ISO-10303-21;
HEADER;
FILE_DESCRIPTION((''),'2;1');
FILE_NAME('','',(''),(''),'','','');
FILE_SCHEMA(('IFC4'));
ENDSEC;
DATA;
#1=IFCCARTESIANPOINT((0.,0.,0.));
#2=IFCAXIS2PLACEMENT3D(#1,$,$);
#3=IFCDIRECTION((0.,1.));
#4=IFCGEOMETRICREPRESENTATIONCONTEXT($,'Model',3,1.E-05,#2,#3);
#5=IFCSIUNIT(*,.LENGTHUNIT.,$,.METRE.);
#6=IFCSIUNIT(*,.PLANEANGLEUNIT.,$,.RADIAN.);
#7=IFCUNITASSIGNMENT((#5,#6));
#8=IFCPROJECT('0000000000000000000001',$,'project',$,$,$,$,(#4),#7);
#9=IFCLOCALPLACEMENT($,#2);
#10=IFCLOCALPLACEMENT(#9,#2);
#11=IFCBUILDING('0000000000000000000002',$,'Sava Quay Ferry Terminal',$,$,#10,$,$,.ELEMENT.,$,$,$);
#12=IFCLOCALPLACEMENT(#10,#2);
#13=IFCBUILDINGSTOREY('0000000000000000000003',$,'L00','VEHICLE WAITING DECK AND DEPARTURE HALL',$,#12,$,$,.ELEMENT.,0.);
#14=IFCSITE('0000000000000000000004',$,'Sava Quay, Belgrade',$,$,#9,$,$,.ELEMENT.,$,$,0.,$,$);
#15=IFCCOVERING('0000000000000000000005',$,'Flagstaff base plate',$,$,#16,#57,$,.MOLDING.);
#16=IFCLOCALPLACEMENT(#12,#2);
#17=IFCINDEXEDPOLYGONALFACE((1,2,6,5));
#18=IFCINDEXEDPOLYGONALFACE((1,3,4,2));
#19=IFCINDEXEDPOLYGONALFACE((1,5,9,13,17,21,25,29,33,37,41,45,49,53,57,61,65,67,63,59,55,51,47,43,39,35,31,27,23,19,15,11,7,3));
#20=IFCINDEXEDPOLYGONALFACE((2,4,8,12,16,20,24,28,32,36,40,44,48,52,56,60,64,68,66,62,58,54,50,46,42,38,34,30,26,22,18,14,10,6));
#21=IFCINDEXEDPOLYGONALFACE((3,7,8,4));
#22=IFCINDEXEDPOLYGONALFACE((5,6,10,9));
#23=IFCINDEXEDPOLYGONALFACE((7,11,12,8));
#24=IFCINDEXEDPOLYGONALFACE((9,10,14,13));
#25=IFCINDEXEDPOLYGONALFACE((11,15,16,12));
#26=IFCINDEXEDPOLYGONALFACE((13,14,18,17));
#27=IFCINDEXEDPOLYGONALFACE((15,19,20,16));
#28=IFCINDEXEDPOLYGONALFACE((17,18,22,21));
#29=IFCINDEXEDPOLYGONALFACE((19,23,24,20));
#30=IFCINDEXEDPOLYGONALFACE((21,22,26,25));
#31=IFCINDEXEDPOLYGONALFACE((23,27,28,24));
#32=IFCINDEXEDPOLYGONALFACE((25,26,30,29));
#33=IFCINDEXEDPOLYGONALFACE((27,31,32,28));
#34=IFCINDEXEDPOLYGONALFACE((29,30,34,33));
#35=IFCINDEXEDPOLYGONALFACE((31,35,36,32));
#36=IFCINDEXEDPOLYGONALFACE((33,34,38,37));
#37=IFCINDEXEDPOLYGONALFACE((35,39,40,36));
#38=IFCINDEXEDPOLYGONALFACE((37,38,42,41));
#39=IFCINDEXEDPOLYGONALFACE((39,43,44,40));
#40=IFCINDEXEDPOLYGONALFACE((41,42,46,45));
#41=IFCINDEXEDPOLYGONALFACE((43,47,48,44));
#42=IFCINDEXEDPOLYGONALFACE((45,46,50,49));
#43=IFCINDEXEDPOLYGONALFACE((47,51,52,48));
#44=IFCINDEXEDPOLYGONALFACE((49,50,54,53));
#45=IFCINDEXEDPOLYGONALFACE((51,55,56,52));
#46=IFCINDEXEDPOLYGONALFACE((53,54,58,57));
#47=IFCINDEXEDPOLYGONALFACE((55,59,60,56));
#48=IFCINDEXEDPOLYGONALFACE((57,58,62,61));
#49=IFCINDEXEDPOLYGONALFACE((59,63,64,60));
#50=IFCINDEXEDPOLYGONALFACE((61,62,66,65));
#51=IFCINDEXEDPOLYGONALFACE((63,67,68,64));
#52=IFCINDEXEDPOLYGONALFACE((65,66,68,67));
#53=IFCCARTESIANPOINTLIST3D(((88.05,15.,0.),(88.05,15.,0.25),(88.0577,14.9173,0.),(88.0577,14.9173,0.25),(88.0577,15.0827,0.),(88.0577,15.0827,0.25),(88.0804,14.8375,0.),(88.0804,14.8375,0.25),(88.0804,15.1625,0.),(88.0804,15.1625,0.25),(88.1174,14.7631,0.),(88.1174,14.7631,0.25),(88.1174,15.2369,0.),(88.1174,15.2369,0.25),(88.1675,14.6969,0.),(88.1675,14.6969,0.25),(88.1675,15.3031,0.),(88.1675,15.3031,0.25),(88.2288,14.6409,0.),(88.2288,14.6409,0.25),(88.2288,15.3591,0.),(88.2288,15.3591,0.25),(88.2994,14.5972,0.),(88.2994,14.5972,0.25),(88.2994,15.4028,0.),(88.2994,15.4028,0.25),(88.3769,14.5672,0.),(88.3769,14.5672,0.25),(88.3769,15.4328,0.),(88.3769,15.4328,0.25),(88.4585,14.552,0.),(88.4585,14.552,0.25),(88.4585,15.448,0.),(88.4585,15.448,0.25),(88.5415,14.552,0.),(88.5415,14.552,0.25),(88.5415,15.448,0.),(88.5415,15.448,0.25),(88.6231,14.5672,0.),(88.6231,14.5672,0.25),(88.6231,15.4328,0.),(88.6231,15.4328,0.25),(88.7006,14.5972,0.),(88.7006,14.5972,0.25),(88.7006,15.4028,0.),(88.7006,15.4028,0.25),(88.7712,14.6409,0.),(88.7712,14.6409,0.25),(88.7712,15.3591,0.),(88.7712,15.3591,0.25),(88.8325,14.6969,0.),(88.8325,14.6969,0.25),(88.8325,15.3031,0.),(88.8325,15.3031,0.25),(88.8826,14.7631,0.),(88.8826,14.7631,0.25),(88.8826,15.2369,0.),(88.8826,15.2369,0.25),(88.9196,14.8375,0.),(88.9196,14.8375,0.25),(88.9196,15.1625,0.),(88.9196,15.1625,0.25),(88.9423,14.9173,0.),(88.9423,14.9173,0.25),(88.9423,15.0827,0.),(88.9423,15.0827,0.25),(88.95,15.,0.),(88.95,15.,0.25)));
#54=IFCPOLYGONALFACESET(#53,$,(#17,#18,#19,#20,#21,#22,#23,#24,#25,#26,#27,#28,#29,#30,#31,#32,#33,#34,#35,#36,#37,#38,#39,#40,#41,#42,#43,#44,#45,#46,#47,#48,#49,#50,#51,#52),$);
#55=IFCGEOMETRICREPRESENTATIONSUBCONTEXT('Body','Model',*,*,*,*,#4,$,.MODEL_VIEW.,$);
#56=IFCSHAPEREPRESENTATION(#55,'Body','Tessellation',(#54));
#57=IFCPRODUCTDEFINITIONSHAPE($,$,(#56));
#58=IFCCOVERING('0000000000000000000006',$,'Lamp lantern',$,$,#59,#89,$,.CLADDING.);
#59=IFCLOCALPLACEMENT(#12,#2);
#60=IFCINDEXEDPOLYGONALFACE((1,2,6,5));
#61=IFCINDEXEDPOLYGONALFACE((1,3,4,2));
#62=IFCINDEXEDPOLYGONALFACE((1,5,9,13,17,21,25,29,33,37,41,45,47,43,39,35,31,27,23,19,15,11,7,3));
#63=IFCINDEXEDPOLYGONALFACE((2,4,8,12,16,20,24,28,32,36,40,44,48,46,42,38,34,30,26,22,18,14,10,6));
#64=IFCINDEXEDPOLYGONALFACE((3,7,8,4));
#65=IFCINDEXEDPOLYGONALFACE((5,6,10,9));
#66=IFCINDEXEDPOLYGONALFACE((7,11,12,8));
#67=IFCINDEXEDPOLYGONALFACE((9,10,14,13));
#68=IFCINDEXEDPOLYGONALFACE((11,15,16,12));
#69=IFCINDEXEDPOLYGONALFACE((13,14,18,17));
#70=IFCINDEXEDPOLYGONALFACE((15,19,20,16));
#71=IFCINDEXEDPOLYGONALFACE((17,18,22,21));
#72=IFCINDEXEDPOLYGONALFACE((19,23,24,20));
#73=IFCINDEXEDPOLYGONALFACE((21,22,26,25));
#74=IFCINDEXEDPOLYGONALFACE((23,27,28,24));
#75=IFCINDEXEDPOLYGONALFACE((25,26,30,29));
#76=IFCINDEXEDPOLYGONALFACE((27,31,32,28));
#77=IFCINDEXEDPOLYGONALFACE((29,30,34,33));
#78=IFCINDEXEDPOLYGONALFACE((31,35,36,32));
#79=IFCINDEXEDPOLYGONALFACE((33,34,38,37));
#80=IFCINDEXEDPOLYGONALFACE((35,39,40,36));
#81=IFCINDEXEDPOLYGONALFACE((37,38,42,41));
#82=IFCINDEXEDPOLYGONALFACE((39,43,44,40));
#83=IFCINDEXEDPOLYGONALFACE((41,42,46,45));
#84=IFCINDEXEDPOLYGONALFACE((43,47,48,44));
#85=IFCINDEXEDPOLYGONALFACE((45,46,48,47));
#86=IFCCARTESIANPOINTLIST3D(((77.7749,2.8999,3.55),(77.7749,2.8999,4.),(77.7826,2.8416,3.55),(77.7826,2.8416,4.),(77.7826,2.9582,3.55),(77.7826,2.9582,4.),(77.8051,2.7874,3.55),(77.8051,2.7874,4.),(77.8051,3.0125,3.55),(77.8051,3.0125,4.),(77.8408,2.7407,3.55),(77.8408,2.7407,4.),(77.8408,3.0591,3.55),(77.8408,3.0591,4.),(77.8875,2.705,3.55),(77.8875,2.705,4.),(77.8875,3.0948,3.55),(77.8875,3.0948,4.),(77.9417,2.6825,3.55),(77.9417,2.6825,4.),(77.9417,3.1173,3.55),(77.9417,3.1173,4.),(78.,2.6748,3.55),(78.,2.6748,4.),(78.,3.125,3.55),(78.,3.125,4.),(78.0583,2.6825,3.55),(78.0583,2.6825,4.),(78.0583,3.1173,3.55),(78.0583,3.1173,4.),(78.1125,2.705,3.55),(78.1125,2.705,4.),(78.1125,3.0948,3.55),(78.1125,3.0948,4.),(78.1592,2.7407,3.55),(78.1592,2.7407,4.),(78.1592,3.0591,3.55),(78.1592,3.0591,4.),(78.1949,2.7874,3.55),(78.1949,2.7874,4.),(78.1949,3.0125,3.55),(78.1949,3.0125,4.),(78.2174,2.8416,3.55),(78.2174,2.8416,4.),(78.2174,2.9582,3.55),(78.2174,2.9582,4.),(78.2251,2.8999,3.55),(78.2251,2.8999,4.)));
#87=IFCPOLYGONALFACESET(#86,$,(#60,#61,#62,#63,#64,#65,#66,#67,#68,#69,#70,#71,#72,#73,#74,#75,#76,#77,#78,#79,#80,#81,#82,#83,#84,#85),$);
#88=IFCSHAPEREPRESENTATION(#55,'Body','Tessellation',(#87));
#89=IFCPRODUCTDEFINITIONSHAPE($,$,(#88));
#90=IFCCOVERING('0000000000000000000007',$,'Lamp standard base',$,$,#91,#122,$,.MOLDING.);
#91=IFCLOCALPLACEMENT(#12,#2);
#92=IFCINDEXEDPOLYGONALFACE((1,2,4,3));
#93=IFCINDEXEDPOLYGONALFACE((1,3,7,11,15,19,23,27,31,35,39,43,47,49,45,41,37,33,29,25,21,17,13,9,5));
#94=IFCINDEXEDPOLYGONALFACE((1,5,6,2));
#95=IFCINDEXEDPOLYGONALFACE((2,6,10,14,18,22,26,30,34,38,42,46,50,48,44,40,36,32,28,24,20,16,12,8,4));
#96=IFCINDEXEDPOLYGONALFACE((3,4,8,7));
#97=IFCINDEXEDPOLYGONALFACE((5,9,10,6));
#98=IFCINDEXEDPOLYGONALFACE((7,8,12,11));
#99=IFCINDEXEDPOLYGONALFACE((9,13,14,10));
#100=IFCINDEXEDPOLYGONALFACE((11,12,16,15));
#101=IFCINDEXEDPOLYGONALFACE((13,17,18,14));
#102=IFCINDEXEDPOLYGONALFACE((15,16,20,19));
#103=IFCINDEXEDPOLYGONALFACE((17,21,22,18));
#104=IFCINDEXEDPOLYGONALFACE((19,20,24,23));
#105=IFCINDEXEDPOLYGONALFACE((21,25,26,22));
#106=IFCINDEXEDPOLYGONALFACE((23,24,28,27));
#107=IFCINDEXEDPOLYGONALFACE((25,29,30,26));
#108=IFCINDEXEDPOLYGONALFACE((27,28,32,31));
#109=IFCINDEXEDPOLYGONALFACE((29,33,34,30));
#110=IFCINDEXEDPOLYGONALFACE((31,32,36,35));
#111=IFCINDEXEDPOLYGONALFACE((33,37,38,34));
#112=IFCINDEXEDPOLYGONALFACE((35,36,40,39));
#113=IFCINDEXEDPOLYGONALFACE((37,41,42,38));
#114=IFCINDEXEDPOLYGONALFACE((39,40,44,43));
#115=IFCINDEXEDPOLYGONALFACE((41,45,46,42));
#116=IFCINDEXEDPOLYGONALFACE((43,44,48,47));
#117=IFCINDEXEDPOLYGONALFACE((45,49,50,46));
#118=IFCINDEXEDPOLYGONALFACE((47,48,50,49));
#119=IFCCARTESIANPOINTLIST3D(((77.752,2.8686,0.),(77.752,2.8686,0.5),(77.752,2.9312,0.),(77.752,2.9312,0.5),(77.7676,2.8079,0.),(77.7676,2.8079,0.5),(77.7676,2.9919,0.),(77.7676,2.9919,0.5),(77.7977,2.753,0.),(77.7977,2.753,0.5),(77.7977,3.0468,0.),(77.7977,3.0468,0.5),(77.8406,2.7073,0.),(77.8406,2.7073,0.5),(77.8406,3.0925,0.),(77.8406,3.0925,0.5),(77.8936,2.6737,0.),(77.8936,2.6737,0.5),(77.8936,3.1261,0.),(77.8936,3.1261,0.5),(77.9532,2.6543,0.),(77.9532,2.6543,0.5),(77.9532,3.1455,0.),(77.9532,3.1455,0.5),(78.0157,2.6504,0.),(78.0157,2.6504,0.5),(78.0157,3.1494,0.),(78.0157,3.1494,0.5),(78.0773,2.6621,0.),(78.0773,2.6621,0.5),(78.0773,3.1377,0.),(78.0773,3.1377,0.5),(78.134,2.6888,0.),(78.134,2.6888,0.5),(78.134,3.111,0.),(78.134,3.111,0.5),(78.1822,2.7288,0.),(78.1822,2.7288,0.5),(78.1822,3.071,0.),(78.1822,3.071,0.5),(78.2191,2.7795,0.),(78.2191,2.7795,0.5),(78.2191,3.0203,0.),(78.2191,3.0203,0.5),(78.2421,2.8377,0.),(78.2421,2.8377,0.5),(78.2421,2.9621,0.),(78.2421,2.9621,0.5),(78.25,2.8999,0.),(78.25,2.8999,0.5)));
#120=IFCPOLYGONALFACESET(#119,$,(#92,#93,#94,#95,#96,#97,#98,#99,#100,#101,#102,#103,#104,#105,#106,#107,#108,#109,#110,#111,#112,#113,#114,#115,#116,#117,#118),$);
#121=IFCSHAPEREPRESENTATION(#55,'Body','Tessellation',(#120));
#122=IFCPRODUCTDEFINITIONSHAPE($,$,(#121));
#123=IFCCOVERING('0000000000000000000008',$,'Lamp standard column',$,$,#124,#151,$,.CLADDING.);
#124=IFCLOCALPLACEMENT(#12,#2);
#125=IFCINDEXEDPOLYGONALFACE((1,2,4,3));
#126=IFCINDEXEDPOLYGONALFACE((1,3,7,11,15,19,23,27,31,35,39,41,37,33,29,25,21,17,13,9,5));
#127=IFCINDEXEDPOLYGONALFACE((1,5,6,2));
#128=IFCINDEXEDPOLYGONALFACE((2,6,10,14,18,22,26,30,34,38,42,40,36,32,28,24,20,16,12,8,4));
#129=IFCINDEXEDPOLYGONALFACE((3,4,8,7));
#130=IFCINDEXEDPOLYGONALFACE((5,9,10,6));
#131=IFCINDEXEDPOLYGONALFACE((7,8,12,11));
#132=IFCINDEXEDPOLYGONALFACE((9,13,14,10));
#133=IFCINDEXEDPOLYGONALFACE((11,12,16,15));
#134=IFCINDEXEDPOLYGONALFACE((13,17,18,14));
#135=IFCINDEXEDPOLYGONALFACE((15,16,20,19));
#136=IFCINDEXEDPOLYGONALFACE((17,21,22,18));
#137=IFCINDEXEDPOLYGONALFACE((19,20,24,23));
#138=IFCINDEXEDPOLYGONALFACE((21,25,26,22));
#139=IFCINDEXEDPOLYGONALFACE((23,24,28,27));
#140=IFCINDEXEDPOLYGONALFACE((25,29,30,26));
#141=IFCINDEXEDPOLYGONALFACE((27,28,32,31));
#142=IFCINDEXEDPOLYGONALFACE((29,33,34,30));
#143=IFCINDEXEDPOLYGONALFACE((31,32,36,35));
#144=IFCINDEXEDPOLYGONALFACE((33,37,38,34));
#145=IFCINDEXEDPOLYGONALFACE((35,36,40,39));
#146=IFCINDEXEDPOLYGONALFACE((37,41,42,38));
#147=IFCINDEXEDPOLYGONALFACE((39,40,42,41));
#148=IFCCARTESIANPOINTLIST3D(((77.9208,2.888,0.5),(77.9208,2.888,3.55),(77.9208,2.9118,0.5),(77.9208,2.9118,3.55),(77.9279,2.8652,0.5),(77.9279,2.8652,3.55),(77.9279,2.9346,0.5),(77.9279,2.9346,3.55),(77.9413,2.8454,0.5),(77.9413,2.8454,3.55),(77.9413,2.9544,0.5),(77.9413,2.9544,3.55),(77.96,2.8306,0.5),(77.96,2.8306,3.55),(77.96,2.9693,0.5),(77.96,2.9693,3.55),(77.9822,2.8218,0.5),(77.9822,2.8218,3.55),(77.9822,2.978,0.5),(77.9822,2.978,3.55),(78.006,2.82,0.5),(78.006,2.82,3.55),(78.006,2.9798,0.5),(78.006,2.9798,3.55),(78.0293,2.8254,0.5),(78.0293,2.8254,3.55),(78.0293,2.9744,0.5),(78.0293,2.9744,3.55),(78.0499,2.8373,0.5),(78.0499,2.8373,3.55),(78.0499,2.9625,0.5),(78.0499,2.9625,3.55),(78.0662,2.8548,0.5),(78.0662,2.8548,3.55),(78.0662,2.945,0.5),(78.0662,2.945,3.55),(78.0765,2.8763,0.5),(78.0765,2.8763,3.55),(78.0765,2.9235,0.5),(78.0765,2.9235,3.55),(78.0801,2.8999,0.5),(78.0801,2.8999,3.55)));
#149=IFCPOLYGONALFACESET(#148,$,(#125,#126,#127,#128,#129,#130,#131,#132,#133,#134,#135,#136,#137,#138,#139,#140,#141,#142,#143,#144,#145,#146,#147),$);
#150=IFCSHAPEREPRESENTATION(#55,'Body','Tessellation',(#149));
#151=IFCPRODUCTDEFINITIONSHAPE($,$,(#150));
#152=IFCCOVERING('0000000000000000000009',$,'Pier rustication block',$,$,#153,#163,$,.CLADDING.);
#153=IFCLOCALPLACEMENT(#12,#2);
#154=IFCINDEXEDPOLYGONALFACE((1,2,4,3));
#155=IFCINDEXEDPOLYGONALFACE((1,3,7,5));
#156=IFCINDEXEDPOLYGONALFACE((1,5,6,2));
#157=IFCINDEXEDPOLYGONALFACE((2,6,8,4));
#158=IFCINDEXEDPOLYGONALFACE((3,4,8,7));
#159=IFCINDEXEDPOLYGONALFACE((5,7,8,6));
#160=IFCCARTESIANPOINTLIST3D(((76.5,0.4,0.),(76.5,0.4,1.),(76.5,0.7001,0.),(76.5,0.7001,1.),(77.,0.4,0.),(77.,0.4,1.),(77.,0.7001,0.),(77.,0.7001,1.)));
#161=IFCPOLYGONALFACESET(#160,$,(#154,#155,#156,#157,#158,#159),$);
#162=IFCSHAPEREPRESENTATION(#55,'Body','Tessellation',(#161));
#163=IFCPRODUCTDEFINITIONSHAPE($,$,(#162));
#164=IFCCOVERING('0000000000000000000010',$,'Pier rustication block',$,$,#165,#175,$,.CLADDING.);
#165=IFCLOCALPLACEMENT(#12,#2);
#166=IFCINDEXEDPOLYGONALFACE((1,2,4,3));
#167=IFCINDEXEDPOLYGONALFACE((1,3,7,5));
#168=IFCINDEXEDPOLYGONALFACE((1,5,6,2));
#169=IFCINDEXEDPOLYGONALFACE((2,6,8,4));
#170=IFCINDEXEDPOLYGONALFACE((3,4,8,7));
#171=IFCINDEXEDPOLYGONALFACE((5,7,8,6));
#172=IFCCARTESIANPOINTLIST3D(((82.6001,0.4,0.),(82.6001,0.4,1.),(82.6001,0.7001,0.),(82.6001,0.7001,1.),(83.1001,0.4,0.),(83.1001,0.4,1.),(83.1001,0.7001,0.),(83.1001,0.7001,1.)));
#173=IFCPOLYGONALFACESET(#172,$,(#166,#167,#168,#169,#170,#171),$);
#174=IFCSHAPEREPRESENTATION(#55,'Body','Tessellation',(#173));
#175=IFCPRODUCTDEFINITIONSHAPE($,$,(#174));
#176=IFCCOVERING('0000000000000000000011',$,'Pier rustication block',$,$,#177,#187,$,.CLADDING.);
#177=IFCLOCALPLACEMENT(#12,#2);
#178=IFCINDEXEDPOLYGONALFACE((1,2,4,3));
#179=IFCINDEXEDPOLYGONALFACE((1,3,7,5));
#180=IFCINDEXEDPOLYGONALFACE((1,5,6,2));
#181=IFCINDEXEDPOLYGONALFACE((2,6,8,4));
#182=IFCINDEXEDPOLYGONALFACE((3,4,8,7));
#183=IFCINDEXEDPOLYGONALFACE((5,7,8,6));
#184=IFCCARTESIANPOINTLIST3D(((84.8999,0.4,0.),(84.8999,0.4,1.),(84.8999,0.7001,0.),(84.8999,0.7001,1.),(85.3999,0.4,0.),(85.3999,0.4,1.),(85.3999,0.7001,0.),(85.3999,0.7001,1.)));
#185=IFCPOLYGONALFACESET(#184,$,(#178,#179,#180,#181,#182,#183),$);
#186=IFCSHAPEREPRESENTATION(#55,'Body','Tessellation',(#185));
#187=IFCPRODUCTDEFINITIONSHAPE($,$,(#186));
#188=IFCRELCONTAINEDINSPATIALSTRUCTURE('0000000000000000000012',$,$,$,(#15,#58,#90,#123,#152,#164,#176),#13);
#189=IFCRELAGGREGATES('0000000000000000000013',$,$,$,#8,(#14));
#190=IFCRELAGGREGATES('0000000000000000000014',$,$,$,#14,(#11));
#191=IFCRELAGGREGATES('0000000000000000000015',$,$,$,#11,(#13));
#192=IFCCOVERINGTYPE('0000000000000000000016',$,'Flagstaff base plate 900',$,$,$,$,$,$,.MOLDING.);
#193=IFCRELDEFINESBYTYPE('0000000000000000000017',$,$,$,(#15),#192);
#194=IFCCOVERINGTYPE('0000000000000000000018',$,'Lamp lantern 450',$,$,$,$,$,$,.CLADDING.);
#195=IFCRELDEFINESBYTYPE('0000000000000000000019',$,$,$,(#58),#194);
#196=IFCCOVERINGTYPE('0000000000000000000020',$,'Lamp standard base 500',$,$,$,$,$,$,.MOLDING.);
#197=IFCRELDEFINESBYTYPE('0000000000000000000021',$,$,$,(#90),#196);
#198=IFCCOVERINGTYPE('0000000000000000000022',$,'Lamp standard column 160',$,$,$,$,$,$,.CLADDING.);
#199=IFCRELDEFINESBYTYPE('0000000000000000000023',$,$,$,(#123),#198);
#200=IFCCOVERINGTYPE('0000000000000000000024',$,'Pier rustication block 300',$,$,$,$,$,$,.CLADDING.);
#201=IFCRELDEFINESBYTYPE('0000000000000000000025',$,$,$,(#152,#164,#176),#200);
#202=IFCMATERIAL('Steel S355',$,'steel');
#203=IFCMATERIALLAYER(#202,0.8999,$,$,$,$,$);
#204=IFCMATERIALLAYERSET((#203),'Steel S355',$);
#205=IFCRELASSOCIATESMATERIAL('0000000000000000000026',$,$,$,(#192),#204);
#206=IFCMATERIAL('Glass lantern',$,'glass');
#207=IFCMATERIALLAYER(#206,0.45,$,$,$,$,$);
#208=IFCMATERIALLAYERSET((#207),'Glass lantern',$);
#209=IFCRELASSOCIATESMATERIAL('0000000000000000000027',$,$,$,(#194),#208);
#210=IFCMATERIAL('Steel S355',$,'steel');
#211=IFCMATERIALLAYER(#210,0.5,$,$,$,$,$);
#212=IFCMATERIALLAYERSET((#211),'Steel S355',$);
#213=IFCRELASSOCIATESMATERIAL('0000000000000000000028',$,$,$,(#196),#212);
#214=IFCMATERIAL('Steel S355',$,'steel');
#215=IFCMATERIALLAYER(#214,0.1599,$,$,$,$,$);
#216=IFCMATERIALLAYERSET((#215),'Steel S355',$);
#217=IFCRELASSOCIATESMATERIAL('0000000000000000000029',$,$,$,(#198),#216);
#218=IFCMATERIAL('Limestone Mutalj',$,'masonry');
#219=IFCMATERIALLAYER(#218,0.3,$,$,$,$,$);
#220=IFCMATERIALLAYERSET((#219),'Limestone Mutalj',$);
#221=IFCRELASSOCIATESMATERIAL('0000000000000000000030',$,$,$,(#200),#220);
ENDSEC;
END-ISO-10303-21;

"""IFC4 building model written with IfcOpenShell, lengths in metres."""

from ifc_helpers import new_model, si_unit, direction, frame, origin, origin_2d, place, context, subcontext, project, spatial, rectangle, circle, extrude, material, layer, layer_set, type_object, element, save


model = new_model("IFC4")

# Units and contexts
model_context = context("Model", 3, precision=1e-05, world=origin(), true_north=direction((0.0, 1.0)))
body_context = subcontext(model_context, "Body", "Model", "MODEL_VIEW")
ifc_project = project(units=[si_unit("LENGTHUNIT", "METRE"), si_unit("PLANEANGLEUNIT", "RADIAN")], contexts=[model_context])

# Site, building, storey
site_placement = place(None, origin())
site = spatial("IfcSite", under=ifc_project, at=site_placement, Name="Sava Quay, Belgrade", CompositionType="ELEMENT", RefElevation=0.0)
building_placement = place(site_placement, origin())
building = spatial("IfcBuilding", under=site, at=building_placement, Name="Sava Quay Ferry Terminal", CompositionType="ELEMENT")
storey_placement = place(building_placement, origin())
storey = spatial("IfcBuildingStorey", under=building, at=storey_placement, Name="L00", Description="VEHICLE WAITING DECK AND DEPARTURE HALL", CompositionType="ELEMENT", Elevation=0.0)

# Coverings
ifc_material_1 = material(Name="Steel S355", Category="steel")
ifc_layer_1 = layer(ifc_material_1, 0.8999)
ifc_layer_set_1 = layer_set([ifc_layer_1], Name="Steel S355")
covering_type_1 = type_object("IfcCoveringType", Name="Flagstaff base plate 900", PredefinedType="MOLDING", material=ifc_layer_set_1)
covering_1_placement = place(storey_placement, frame((88.5, 15.0, 0.25), z_axis=(0.0, 0.0, -1.0), x_axis=(1.0, 0.0, 0.0)))
element("IfcCovering", 1, at=covering_1_placement, inside=storey, type_object=covering_type_1, Name="Flagstaff base plate", PredefinedType="MOLDING", context=body_context, shape_type="SweptSolid", body=[
    extrude(circle(Radius=0.45, at=origin_2d()), origin(), (0.0, 0.0, 1.0), 0.25),
])
ifc_material_2 = material(Name="Glass lantern", Category="glass")
ifc_layer_2 = layer(ifc_material_2, 0.45)
ifc_layer_set_2 = layer_set([ifc_layer_2], Name="Glass lantern")
covering_type_2 = type_object("IfcCoveringType", Name="Lamp lantern 450", PredefinedType="CLADDING", material=ifc_layer_set_2)
covering_2_placement = place(storey_placement, frame((78.0, 2.8999, 4.0), z_axis=(0.0, 0.0, -1.0), x_axis=(1.0, 0.0, 0.0)))
element("IfcCovering", 2, at=covering_2_placement, inside=storey, type_object=covering_type_2, Name="Lamp lantern", PredefinedType="CLADDING", context=body_context, shape_type="SweptSolid", body=[
    extrude(circle(Radius=0.2251, at=origin_2d()), origin(), (0.0, 0.0, 1.0), 0.45),
])
ifc_material_3 = material(Name="Steel S355", Category="steel")
ifc_layer_3 = layer(ifc_material_3, 0.5)
ifc_layer_set_3 = layer_set([ifc_layer_3], Name="Steel S355")
covering_type_3 = type_object("IfcCoveringType", Name="Lamp standard base 500", PredefinedType="MOLDING", material=ifc_layer_set_3)
covering_3_placement = place(storey_placement, frame((78.0, 2.8999, 0.5), z_axis=(0.0, 0.0, -1.0), x_axis=(1.0, 0.0, 0.0)))
element("IfcCovering", 3, at=covering_3_placement, inside=storey, type_object=covering_type_3, Name="Lamp standard base", PredefinedType="MOLDING", context=body_context, shape_type="SweptSolid", body=[
    extrude(circle(Radius=0.25, at=origin_2d()), origin(), (0.0, 0.0, 1.0), 0.5),
])
ifc_material_4 = material(Name="Steel S355", Category="steel")
ifc_layer_4 = layer(ifc_material_4, 0.1599)
ifc_layer_set_4 = layer_set([ifc_layer_4], Name="Steel S355")
covering_type_4 = type_object("IfcCoveringType", Name="Lamp standard column 160", PredefinedType="CLADDING", material=ifc_layer_set_4)
covering_4_placement = place(storey_placement, frame((78.0, 2.8999, 3.55), z_axis=(0.0, 0.0, -1.0), x_axis=(1.0, 0.0, 0.0)))
element("IfcCovering", 4, at=covering_4_placement, inside=storey, type_object=covering_type_4, Name="Lamp standard column", PredefinedType="CLADDING", context=body_context, shape_type="SweptSolid", body=[
    extrude(circle(Radius=0.0801, at=origin_2d()), origin(), (0.0, 0.0, 1.0), 3.05),
])
ifc_material_5 = material(Name="Limestone Mutalj", Category="masonry")
ifc_layer_5 = layer(ifc_material_5, 0.3)
ifc_layer_set_5 = layer_set([ifc_layer_5], Name="Limestone Mutalj")
covering_type_5 = type_object("IfcCoveringType", Name="Pier rustication block 300", PredefinedType="CLADDING", material=ifc_layer_set_5)
for number, where, z_axis, x_axis, name in (
    (5, (76.75, 0.55, 0.0), (0.0, 0.0, 1.0), (1.0, 0.0, 0.0), "Pier rustication block"),
    (6, (82.8501, 0.55, 0.0), (0.0, 0.0, 1.0), (1.0, 0.0, 0.0), "Pier rustication block"),
    (7, (85.1499, 0.55, 0.0), (0.0, 0.0, 1.0), (1.0, 0.0, 0.0), "Pier rustication block"),
):
    element("IfcCovering", number, at=place(storey_placement, frame(where, z_axis=z_axis, x_axis=x_axis)), inside=storey, type_object=covering_type_5, Name=name, PredefinedType="CLADDING", context=body_context, shape_type="SweptSolid", body=[
        extrude(rectangle(XDim=0.5, YDim=0.3, at=origin_2d()), origin(), (0.0, 0.0, 1.0), 1.0),
    ])

save(model, "model.ifc")
